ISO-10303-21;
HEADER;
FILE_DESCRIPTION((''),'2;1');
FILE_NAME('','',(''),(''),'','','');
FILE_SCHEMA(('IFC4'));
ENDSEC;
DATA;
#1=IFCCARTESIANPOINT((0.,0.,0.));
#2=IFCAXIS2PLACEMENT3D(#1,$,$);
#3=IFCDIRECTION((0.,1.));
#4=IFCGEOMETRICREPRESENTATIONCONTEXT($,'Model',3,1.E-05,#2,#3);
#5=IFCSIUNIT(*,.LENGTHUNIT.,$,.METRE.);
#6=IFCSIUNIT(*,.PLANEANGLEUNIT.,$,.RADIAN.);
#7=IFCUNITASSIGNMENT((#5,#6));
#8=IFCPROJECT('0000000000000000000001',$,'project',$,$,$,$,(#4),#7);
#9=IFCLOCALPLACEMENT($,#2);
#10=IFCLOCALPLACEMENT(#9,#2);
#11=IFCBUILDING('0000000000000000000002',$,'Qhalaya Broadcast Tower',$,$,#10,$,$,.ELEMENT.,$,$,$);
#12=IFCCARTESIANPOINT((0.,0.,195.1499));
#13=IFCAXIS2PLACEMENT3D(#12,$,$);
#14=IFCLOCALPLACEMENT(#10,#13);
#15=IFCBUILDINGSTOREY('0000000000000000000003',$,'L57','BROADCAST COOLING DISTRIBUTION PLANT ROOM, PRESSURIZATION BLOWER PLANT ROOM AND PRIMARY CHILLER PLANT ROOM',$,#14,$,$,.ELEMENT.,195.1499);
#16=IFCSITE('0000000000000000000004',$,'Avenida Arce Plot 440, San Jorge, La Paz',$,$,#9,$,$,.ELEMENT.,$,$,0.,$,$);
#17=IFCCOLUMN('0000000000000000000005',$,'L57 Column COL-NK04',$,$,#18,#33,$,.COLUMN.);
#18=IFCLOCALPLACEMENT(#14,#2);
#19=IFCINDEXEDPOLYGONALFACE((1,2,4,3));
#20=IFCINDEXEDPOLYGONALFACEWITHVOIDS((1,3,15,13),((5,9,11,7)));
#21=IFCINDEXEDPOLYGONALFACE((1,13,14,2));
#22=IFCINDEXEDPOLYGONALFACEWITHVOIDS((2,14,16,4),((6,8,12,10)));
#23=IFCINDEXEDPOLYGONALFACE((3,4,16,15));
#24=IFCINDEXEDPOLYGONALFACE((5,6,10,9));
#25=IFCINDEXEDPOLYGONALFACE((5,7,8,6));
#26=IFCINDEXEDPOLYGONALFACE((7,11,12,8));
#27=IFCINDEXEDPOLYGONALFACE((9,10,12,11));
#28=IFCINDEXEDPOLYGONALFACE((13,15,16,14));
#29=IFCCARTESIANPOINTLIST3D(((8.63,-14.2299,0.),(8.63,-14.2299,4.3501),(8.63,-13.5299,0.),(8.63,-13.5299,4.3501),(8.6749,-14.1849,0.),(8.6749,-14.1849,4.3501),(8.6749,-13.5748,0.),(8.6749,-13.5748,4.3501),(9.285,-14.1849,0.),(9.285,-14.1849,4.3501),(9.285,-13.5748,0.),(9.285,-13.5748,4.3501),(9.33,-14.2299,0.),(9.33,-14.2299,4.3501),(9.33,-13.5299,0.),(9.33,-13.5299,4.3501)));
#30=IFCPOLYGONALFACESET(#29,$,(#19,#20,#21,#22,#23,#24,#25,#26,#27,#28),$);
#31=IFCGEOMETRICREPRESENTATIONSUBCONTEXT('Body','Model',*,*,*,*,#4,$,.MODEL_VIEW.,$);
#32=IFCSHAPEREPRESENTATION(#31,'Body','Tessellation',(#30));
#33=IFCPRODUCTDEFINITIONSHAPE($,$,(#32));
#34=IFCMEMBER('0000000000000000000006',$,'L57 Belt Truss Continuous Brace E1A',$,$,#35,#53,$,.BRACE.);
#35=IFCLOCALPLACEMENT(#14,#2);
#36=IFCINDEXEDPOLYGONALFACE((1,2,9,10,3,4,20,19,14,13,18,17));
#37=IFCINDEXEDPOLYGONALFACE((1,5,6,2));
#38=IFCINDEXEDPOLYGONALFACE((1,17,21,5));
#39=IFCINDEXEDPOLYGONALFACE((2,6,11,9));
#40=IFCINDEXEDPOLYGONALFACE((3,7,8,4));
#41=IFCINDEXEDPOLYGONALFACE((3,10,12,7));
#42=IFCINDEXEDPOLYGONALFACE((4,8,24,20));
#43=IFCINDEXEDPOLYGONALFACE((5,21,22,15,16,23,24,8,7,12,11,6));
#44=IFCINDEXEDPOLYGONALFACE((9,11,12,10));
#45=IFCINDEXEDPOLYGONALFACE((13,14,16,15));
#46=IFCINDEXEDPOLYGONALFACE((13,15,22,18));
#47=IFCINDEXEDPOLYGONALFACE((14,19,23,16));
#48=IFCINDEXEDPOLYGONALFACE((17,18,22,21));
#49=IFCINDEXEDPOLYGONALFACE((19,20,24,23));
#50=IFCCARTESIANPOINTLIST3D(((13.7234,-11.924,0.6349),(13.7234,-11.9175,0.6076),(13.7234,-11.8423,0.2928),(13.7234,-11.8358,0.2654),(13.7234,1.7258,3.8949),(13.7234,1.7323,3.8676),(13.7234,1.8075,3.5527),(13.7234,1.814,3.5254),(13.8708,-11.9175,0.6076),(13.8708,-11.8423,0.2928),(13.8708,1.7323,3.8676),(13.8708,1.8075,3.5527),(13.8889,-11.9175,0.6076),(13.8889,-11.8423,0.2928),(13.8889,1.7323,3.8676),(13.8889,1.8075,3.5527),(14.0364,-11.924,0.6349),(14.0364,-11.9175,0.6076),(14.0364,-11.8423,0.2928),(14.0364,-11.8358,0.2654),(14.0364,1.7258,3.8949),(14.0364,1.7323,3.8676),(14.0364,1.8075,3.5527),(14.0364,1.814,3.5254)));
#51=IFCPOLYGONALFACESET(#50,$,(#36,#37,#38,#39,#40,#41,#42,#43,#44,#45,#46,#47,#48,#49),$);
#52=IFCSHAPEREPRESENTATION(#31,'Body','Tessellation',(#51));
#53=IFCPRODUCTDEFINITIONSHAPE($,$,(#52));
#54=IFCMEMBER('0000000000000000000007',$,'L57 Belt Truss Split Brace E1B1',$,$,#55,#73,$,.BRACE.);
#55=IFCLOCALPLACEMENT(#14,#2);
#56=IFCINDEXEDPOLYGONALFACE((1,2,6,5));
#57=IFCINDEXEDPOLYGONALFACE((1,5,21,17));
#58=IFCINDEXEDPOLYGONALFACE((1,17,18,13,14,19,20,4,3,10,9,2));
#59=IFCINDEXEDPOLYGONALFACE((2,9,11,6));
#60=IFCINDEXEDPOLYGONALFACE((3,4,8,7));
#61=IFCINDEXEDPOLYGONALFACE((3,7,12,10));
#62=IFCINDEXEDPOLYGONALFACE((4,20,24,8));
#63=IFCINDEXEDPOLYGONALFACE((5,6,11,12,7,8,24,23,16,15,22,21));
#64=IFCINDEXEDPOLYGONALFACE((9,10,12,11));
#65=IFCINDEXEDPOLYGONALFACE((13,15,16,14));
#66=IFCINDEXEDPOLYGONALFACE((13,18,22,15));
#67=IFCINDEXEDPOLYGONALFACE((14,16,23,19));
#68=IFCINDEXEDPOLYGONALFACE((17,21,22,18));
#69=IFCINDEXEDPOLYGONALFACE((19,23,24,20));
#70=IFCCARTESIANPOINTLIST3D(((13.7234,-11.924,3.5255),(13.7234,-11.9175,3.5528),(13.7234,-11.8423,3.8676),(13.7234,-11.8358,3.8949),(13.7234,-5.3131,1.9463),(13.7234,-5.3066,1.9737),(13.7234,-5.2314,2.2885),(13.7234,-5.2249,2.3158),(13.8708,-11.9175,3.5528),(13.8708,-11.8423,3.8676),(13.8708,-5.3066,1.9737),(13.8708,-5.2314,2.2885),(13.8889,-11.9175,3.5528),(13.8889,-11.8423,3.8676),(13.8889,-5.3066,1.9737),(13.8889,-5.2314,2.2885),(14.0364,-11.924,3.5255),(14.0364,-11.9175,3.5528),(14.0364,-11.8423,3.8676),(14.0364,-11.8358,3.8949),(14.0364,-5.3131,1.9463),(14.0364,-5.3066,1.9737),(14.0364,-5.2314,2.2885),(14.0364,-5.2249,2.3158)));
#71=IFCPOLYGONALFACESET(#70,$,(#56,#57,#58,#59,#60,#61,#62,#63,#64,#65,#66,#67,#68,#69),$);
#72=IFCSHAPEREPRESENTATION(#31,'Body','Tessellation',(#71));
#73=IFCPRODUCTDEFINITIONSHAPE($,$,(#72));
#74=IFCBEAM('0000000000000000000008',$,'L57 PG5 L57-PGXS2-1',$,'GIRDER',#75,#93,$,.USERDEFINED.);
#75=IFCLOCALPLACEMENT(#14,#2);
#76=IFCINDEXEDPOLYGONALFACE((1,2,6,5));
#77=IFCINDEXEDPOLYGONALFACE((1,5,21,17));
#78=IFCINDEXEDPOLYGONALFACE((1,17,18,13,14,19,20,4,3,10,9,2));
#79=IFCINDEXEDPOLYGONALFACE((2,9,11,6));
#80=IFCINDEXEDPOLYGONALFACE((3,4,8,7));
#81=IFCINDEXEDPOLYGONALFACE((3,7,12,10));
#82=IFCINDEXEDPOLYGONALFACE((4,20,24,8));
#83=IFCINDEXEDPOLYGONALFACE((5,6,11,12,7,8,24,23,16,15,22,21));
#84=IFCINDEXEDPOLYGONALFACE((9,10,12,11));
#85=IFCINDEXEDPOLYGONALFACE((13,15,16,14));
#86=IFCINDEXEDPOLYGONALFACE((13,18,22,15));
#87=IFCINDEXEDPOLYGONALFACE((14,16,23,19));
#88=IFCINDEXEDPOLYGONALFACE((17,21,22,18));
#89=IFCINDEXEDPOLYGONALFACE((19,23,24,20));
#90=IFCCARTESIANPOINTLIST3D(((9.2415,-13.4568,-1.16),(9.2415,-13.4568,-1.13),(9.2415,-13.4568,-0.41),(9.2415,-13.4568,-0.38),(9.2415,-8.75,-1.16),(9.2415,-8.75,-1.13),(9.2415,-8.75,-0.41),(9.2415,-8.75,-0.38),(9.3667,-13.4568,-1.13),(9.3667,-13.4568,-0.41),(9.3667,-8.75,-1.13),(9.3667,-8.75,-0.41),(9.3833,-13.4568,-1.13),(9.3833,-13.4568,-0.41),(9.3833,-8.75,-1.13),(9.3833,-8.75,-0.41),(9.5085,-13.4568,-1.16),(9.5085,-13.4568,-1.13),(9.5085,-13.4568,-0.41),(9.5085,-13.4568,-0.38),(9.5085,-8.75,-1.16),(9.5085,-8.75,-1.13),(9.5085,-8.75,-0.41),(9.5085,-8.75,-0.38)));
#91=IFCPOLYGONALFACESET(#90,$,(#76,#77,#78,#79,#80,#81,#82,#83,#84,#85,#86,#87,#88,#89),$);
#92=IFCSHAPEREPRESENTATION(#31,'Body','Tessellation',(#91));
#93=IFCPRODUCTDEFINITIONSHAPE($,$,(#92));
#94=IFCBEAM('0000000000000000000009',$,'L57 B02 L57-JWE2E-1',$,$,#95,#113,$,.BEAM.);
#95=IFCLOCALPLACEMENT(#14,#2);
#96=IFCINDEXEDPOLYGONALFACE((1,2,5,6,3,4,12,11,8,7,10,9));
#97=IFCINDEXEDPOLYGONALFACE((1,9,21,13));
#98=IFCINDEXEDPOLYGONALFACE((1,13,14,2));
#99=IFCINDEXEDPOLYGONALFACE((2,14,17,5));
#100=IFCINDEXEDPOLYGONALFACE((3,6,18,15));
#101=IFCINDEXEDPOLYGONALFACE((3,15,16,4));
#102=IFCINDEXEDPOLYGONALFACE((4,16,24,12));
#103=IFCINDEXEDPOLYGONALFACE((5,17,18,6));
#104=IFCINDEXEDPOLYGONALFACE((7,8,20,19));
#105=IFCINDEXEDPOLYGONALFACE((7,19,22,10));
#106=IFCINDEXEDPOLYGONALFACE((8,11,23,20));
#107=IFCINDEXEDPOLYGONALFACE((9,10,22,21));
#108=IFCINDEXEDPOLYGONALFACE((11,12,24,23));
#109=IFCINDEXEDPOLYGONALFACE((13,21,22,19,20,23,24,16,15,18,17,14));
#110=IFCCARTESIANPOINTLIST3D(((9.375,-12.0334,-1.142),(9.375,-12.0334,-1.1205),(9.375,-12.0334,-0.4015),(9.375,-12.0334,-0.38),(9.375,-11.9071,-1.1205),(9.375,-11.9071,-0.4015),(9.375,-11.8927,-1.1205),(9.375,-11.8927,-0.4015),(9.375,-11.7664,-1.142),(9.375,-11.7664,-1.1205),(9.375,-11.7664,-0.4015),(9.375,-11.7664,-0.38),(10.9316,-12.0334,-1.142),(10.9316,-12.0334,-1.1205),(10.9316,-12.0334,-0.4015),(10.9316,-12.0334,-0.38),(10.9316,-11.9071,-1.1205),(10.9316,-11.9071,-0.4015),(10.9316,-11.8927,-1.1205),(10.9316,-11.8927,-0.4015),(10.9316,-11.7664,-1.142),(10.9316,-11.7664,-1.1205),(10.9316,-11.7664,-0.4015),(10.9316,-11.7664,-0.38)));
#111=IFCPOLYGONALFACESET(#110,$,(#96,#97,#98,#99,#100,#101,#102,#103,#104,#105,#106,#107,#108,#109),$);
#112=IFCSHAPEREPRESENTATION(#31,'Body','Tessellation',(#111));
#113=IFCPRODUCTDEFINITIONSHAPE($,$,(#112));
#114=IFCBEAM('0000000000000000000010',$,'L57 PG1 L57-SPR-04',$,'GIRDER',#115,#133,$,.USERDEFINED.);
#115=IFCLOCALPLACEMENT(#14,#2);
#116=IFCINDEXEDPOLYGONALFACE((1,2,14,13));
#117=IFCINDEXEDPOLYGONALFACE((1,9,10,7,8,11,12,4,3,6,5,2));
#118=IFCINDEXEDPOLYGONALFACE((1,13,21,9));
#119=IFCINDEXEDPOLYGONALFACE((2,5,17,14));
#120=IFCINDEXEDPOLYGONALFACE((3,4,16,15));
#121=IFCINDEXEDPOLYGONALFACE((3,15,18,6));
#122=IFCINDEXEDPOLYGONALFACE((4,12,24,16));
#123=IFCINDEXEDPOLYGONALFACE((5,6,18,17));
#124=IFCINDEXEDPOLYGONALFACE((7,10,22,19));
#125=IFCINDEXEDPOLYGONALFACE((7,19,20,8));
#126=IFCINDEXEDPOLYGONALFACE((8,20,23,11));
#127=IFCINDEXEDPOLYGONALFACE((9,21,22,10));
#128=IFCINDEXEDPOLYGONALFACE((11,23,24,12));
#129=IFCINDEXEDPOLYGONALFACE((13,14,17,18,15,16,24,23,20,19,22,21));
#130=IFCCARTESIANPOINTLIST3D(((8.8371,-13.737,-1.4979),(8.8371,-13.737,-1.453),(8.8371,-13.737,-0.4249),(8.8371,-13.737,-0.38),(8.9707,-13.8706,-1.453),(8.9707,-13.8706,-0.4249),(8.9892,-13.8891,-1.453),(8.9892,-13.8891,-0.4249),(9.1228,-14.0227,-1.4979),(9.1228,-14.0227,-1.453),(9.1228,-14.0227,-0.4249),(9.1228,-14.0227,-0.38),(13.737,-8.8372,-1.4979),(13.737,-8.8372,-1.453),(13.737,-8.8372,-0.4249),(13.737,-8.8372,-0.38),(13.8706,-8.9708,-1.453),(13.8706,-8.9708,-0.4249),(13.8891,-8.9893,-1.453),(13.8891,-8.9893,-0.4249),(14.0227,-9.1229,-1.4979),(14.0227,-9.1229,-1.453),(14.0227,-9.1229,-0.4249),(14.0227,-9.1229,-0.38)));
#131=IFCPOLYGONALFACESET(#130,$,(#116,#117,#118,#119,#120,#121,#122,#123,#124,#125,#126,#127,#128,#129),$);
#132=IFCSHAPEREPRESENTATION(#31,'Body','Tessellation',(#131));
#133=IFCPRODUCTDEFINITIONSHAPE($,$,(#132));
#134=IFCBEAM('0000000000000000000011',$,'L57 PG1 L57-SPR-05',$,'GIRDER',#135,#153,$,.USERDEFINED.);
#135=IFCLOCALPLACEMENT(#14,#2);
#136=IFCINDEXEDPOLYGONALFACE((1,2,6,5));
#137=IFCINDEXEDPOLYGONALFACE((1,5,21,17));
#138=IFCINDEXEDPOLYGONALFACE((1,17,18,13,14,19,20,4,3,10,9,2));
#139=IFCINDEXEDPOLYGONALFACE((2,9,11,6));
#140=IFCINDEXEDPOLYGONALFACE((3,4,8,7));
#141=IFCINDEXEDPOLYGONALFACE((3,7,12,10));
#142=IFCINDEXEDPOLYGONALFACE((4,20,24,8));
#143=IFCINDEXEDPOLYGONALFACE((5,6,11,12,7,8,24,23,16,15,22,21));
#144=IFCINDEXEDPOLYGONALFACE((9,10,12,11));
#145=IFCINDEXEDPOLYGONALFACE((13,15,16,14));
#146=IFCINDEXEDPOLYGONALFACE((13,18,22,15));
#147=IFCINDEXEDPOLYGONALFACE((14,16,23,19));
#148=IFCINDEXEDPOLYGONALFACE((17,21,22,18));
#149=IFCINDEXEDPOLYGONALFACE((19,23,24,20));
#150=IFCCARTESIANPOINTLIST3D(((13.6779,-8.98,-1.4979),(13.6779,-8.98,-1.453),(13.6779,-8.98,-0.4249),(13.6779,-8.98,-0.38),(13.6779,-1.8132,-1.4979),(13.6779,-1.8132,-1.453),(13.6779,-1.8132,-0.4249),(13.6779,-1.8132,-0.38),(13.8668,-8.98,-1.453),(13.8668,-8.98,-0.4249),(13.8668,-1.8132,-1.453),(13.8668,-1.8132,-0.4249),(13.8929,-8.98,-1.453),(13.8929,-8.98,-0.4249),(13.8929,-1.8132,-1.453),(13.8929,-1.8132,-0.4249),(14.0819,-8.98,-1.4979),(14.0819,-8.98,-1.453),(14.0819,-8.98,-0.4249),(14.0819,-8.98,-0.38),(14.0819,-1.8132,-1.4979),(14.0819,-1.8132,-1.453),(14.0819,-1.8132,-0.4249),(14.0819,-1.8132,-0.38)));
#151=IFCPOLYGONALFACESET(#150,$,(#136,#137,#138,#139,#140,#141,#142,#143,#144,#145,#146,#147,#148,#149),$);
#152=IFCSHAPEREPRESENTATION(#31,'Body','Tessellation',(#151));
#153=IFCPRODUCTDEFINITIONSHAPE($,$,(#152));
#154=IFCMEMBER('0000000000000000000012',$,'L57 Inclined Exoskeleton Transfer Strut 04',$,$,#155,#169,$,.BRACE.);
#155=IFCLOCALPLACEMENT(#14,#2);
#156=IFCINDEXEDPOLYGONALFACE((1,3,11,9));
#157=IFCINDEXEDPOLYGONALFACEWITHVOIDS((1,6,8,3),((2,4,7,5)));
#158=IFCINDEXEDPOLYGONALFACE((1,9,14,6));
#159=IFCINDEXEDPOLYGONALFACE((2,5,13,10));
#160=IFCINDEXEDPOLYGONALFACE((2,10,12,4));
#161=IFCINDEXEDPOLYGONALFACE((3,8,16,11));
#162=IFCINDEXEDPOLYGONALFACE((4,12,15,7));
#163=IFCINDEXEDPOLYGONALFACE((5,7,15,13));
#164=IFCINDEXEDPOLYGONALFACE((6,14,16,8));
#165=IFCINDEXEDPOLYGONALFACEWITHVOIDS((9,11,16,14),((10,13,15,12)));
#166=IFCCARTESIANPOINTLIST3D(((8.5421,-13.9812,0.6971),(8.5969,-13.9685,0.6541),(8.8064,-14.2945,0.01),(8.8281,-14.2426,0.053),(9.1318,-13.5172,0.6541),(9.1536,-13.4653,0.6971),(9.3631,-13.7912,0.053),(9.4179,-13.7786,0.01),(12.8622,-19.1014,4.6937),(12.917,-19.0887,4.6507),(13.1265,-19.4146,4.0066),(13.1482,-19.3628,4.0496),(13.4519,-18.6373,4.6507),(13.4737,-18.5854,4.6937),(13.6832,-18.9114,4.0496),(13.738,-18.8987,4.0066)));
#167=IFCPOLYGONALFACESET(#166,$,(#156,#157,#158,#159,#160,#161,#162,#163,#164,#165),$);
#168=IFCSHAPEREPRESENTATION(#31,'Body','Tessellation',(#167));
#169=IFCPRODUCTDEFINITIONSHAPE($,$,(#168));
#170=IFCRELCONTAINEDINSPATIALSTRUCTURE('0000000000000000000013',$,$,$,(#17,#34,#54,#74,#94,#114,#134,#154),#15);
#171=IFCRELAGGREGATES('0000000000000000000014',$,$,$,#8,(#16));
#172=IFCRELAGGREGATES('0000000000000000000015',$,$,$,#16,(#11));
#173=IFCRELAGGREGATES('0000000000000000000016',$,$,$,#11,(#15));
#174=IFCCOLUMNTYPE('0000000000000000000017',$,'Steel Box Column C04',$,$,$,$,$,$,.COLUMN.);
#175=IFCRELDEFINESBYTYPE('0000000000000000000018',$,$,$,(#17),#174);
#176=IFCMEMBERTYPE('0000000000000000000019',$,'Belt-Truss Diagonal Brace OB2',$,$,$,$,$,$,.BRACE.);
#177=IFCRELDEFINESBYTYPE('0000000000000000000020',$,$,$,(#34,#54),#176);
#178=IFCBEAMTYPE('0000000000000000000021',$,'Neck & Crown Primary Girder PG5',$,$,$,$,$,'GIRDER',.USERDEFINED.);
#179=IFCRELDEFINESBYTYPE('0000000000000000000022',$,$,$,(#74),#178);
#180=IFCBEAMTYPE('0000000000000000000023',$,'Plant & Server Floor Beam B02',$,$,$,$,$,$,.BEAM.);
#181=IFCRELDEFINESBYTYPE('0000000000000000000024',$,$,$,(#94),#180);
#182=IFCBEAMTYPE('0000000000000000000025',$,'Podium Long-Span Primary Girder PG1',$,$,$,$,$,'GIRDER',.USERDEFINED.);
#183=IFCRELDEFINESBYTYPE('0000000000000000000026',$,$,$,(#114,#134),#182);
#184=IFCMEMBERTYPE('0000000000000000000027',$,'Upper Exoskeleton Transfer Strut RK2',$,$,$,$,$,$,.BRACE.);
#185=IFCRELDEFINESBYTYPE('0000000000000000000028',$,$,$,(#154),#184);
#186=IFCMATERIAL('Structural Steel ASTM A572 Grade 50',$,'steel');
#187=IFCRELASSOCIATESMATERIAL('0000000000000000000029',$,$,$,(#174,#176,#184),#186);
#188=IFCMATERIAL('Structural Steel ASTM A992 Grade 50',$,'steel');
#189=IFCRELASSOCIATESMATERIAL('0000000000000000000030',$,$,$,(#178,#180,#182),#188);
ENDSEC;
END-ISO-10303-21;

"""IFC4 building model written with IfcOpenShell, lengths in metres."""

from ifc_helpers import new_model, si_unit, direction, frame, origin, origin_2d, place, context, subcontext, project, spatial, hollow_rectangle, i_section, extrude, material, material_profile, profile_set, type_object, element, save


model = new_model("IFC4")

# Units and contexts
model_context = context("Model", 3, precision=1e-05, world=origin(), true_north=direction((0.0, 1.0)))
body_context = subcontext(model_context, "Body", "Model", "MODEL_VIEW")
ifc_project = project(units=[si_unit("LENGTHUNIT", "METRE"), si_unit("PLANEANGLEUNIT", "RADIAN")], contexts=[model_context])

# Site, building, storey
site_placement = place(None, origin())
site = spatial("IfcSite", under=ifc_project, at=site_placement, Name="Avenida Arce Plot 440, San Jorge, La Paz", CompositionType="ELEMENT", RefElevation=0.0)
building_placement = place(site_placement, origin())
building = spatial("IfcBuilding", under=site, at=building_placement, Name="Qhalaya Broadcast Tower", CompositionType="ELEMENT")
storey_placement = place(building_placement, frame((0.0, 0.0, 195.1499)))
storey = spatial("IfcBuildingStorey", under=building, at=storey_placement, Name="L57", Description="BROADCAST COOLING DISTRIBUTION PLANT ROOM, PRESSURIZATION BLOWER PLANT ROOM AND PRIMARY CHILLER PLANT ROOM", CompositionType="ELEMENT", Elevation=195.1499)

# Column
ifc_material_1 = material(Name="Structural Steel ASTM A572 Grade 50", Category="steel")
ifc_material_profile_1 = material_profile(ifc_material_1, hollow_rectangle(XDim=0.7, YDim=0.7, WallThickness=0.0449, at=origin_2d()), Name="BOX 700x700x45")
ifc_profile_set_1 = profile_set([ifc_material_profile_1], Name="Structural Steel ASTM A572 Grade 50")
column_type = type_object("IfcColumnType", Name="Steel Box Column C04", PredefinedType="COLUMN", material=ifc_profile_set_1)
column_placement = place(storey_placement, frame((8.98, -13.8799, 0.0), z_axis=(0.0, 0.0, 1.0), x_axis=(1.0, 0.0, 0.0)))
element("IfcColumn", 1, at=column_placement, inside=storey, type_object=column_type, Name="L57 Column COL-NK04", PredefinedType="COLUMN", context=body_context, shape_type="SweptSolid", body=[
    extrude(hollow_rectangle(XDim=0.7, YDim=0.7, WallThickness=0.0449, at=origin_2d()), origin(), (0.0, 0.0, 1.0), 4.3501),
])

# Members
ifc_material_profile_2 = material_profile(ifc_material_1, i_section(OverallWidth=0.313, OverallDepth=0.3799, WebThickness=0.0181, FlangeThickness=0.0281, at=origin_2d()), Name="W12X120")
ifc_profile_set_2 = profile_set([ifc_material_profile_2], Name="Structural Steel ASTM A572 Grade 50")
member_type_1 = type_object("IfcMemberType", Name="Belt-Truss Diagonal Brace OB2", PredefinedType="BRACE", material=ifc_profile_set_2)
member_1_placement = place(storey_placement, frame((13.8799, -11.8799, 0.4502), z_axis=(0.0, 0.972645, 0.232297), x_axis=(-1.0, 0.0, 0.0)))
element("IfcMember", 2, at=member_1_placement, inside=storey, type_object=member_type_1, Name="L57 Belt Truss Continuous Brace E1A", PredefinedType="BRACE", context=body_context, shape_type="SweptSolid", body=[
    extrude(i_section(OverallWidth=0.313, OverallDepth=0.3799, WebThickness=0.0181, FlangeThickness=0.0281, at=origin_2d()), origin(), (0.0, 0.0, 1.0), 14.0337),
])
member_2_placement = place(storey_placement, frame((13.8799, -11.8799, 3.7102), z_axis=(0.0, 0.972637, -0.232329), x_axis=(-1.0, 0.0, 0.0)))
element("IfcMember", 3, at=member_2_placement, inside=storey, type_object=member_type_1, Name="L57 Belt Truss Split Brace E1B1", PredefinedType="BRACE", context=body_context, shape_type="SweptSolid", body=[
    extrude(i_section(OverallWidth=0.313, OverallDepth=0.3799, WebThickness=0.0181, FlangeThickness=0.0281, at=origin_2d()), origin(), (0.0, 0.0, 1.0), 6.7969),
])

# Beams
ifc_material_2 = material(Name="Structural Steel ASTM A992 Grade 50", Category="steel")
ifc_material_profile_3 = material_profile(ifc_material_2, i_section(OverallWidth=0.2671, OverallDepth=0.78, WebThickness=0.0166, FlangeThickness=0.03, at=origin_2d()), Name="W30X148")
ifc_profile_set_3 = profile_set([ifc_material_profile_3], Name="Structural Steel ASTM A992 Grade 50")
beam_type_1 = type_object("IfcBeamType", Name="Neck & Crown Primary Girder PG5", ElementType="GIRDER", PredefinedType="USERDEFINED", material=ifc_profile_set_3)
beam_1_placement = place(storey_placement, frame((9.375, -13.4568, -0.77), z_axis=(0.0, 1.0, 0.0), x_axis=(-1.0, 0.0, 0.0)))
element("IfcBeam", 4, at=beam_1_placement, inside=storey, type_object=beam_type_1, Name="L57 PG5 L57-PGXS2-1", ObjectType="GIRDER", PredefinedType="USERDEFINED", context=body_context, shape_type="SweptSolid", body=[
    extrude(i_section(OverallWidth=0.2671, OverallDepth=0.78, WebThickness=0.0166, FlangeThickness=0.03, at=origin_2d()), origin(), (0.0, 0.0, 1.0), 4.7068),
])
ifc_material_profile_4 = material_profile(ifc_material_2, i_section(OverallWidth=0.2671, OverallDepth=0.762, WebThickness=0.0144, FlangeThickness=0.0215, at=origin_2d()), Name="W30X116")
ifc_profile_set_4 = profile_set([ifc_material_profile_4], Name="Structural Steel ASTM A992 Grade 50")
beam_type_2 = type_object("IfcBeamType", Name="Plant & Server Floor Beam B02", PredefinedType="BEAM", material=ifc_profile_set_4)
beam_2_placement = place(storey_placement, frame((9.375, -11.8999, -0.761), z_axis=(1.0, 0.0, 0.0), x_axis=(0.0, 1.0, 0.0)))
element("IfcBeam", 5, at=beam_2_placement, inside=storey, type_object=beam_type_2, Name="L57 B02 L57-JWE2E-1", PredefinedType="BEAM", context=body_context, shape_type="SweptSolid", body=[
    extrude(i_section(OverallWidth=0.2671, OverallDepth=0.762, WebThickness=0.0144, FlangeThickness=0.0215, at=origin_2d()), origin(), (0.0, 0.0, 1.0), 1.5566),
])
ifc_material_profile_5 = material_profile(ifc_material_2, i_section(OverallWidth=0.4041, OverallDepth=1.1179, WebThickness=0.0261, FlangeThickness=0.0449, at=origin_2d()), Name="W44X335")
ifc_profile_set_5 = profile_set([ifc_material_profile_5], Name="Structural Steel ASTM A992 Grade 50")
beam_type_3 = type_object("IfcBeamType", Name="Podium Long-Span Primary Girder PG1", ElementType="GIRDER", PredefinedType="USERDEFINED", material=ifc_profile_set_5)
beam_3_placement = place(storey_placement, frame((8.98, -13.8799, -0.939), z_axis=(0.707107, 0.707107, 0.0), x_axis=(-0.707107, 0.707107, 0.0)))
element("IfcBeam", 6, at=beam_3_placement, inside=storey, type_object=beam_type_3, Name="L57 PG1 L57-SPR-04", ObjectType="GIRDER", PredefinedType="USERDEFINED", context=body_context, shape_type="SweptSolid", body=[
    extrude(i_section(OverallWidth=0.4041, OverallDepth=1.1179, WebThickness=0.0261, FlangeThickness=0.0449, at=origin_2d()), origin(), (0.0, 0.0, 1.0), 6.9294),
])
beam_4_placement = place(storey_placement, frame((13.8799, -8.98, -0.939), z_axis=(0.0, 1.0, 0.0), x_axis=(-1.0, 0.0, 0.0)))
element("IfcBeam", 7, at=beam_4_placement, inside=storey, type_object=beam_type_3, Name="L57 PG1 L57-SPR-05", ObjectType="GIRDER", PredefinedType="USERDEFINED", context=body_context, shape_type="SweptSolid", body=[
    extrude(i_section(OverallWidth=0.4041, OverallDepth=1.1179, WebThickness=0.0261, FlangeThickness=0.0449, at=origin_2d()), origin(), (0.0, 0.0, 1.0), 7.1667),
])

# Member
ifc_material_profile_6 = material_profile(ifc_material_1, hollow_rectangle(XDim=0.8, YDim=0.8, WallThickness=0.05, at=origin_2d()), Name="BOX 800x800x50")
ifc_profile_set_6 = profile_set([ifc_material_profile_6], Name="Structural Steel ASTM A572 Grade 50")
member_type_2 = type_object("IfcMemberType", Name="Upper Exoskeleton Transfer Strut RK2", PredefinedType="BRACE", material=ifc_profile_set_6)
member_3_placement = place(storey_placement, frame((8.98, -13.8799, 0.3535), z_axis=(0.553804, -0.656365, 0.512335), x_axis=(0.764294, 0.644868, 0.0)))
element("IfcMember", 8, at=member_3_placement, inside=storey, type_object=member_type_2, Name="L57 Inclined Exoskeleton Transfer Strut 04", PredefinedType="BRACE", context=body_context, shape_type="SweptSolid", body=[
    extrude(hollow_rectangle(XDim=0.8, YDim=0.8, WallThickness=0.05, at=origin_2d()), origin(), (0.0, 0.0, 1.0), 7.8008),
])

save(model, "model.ifc")
